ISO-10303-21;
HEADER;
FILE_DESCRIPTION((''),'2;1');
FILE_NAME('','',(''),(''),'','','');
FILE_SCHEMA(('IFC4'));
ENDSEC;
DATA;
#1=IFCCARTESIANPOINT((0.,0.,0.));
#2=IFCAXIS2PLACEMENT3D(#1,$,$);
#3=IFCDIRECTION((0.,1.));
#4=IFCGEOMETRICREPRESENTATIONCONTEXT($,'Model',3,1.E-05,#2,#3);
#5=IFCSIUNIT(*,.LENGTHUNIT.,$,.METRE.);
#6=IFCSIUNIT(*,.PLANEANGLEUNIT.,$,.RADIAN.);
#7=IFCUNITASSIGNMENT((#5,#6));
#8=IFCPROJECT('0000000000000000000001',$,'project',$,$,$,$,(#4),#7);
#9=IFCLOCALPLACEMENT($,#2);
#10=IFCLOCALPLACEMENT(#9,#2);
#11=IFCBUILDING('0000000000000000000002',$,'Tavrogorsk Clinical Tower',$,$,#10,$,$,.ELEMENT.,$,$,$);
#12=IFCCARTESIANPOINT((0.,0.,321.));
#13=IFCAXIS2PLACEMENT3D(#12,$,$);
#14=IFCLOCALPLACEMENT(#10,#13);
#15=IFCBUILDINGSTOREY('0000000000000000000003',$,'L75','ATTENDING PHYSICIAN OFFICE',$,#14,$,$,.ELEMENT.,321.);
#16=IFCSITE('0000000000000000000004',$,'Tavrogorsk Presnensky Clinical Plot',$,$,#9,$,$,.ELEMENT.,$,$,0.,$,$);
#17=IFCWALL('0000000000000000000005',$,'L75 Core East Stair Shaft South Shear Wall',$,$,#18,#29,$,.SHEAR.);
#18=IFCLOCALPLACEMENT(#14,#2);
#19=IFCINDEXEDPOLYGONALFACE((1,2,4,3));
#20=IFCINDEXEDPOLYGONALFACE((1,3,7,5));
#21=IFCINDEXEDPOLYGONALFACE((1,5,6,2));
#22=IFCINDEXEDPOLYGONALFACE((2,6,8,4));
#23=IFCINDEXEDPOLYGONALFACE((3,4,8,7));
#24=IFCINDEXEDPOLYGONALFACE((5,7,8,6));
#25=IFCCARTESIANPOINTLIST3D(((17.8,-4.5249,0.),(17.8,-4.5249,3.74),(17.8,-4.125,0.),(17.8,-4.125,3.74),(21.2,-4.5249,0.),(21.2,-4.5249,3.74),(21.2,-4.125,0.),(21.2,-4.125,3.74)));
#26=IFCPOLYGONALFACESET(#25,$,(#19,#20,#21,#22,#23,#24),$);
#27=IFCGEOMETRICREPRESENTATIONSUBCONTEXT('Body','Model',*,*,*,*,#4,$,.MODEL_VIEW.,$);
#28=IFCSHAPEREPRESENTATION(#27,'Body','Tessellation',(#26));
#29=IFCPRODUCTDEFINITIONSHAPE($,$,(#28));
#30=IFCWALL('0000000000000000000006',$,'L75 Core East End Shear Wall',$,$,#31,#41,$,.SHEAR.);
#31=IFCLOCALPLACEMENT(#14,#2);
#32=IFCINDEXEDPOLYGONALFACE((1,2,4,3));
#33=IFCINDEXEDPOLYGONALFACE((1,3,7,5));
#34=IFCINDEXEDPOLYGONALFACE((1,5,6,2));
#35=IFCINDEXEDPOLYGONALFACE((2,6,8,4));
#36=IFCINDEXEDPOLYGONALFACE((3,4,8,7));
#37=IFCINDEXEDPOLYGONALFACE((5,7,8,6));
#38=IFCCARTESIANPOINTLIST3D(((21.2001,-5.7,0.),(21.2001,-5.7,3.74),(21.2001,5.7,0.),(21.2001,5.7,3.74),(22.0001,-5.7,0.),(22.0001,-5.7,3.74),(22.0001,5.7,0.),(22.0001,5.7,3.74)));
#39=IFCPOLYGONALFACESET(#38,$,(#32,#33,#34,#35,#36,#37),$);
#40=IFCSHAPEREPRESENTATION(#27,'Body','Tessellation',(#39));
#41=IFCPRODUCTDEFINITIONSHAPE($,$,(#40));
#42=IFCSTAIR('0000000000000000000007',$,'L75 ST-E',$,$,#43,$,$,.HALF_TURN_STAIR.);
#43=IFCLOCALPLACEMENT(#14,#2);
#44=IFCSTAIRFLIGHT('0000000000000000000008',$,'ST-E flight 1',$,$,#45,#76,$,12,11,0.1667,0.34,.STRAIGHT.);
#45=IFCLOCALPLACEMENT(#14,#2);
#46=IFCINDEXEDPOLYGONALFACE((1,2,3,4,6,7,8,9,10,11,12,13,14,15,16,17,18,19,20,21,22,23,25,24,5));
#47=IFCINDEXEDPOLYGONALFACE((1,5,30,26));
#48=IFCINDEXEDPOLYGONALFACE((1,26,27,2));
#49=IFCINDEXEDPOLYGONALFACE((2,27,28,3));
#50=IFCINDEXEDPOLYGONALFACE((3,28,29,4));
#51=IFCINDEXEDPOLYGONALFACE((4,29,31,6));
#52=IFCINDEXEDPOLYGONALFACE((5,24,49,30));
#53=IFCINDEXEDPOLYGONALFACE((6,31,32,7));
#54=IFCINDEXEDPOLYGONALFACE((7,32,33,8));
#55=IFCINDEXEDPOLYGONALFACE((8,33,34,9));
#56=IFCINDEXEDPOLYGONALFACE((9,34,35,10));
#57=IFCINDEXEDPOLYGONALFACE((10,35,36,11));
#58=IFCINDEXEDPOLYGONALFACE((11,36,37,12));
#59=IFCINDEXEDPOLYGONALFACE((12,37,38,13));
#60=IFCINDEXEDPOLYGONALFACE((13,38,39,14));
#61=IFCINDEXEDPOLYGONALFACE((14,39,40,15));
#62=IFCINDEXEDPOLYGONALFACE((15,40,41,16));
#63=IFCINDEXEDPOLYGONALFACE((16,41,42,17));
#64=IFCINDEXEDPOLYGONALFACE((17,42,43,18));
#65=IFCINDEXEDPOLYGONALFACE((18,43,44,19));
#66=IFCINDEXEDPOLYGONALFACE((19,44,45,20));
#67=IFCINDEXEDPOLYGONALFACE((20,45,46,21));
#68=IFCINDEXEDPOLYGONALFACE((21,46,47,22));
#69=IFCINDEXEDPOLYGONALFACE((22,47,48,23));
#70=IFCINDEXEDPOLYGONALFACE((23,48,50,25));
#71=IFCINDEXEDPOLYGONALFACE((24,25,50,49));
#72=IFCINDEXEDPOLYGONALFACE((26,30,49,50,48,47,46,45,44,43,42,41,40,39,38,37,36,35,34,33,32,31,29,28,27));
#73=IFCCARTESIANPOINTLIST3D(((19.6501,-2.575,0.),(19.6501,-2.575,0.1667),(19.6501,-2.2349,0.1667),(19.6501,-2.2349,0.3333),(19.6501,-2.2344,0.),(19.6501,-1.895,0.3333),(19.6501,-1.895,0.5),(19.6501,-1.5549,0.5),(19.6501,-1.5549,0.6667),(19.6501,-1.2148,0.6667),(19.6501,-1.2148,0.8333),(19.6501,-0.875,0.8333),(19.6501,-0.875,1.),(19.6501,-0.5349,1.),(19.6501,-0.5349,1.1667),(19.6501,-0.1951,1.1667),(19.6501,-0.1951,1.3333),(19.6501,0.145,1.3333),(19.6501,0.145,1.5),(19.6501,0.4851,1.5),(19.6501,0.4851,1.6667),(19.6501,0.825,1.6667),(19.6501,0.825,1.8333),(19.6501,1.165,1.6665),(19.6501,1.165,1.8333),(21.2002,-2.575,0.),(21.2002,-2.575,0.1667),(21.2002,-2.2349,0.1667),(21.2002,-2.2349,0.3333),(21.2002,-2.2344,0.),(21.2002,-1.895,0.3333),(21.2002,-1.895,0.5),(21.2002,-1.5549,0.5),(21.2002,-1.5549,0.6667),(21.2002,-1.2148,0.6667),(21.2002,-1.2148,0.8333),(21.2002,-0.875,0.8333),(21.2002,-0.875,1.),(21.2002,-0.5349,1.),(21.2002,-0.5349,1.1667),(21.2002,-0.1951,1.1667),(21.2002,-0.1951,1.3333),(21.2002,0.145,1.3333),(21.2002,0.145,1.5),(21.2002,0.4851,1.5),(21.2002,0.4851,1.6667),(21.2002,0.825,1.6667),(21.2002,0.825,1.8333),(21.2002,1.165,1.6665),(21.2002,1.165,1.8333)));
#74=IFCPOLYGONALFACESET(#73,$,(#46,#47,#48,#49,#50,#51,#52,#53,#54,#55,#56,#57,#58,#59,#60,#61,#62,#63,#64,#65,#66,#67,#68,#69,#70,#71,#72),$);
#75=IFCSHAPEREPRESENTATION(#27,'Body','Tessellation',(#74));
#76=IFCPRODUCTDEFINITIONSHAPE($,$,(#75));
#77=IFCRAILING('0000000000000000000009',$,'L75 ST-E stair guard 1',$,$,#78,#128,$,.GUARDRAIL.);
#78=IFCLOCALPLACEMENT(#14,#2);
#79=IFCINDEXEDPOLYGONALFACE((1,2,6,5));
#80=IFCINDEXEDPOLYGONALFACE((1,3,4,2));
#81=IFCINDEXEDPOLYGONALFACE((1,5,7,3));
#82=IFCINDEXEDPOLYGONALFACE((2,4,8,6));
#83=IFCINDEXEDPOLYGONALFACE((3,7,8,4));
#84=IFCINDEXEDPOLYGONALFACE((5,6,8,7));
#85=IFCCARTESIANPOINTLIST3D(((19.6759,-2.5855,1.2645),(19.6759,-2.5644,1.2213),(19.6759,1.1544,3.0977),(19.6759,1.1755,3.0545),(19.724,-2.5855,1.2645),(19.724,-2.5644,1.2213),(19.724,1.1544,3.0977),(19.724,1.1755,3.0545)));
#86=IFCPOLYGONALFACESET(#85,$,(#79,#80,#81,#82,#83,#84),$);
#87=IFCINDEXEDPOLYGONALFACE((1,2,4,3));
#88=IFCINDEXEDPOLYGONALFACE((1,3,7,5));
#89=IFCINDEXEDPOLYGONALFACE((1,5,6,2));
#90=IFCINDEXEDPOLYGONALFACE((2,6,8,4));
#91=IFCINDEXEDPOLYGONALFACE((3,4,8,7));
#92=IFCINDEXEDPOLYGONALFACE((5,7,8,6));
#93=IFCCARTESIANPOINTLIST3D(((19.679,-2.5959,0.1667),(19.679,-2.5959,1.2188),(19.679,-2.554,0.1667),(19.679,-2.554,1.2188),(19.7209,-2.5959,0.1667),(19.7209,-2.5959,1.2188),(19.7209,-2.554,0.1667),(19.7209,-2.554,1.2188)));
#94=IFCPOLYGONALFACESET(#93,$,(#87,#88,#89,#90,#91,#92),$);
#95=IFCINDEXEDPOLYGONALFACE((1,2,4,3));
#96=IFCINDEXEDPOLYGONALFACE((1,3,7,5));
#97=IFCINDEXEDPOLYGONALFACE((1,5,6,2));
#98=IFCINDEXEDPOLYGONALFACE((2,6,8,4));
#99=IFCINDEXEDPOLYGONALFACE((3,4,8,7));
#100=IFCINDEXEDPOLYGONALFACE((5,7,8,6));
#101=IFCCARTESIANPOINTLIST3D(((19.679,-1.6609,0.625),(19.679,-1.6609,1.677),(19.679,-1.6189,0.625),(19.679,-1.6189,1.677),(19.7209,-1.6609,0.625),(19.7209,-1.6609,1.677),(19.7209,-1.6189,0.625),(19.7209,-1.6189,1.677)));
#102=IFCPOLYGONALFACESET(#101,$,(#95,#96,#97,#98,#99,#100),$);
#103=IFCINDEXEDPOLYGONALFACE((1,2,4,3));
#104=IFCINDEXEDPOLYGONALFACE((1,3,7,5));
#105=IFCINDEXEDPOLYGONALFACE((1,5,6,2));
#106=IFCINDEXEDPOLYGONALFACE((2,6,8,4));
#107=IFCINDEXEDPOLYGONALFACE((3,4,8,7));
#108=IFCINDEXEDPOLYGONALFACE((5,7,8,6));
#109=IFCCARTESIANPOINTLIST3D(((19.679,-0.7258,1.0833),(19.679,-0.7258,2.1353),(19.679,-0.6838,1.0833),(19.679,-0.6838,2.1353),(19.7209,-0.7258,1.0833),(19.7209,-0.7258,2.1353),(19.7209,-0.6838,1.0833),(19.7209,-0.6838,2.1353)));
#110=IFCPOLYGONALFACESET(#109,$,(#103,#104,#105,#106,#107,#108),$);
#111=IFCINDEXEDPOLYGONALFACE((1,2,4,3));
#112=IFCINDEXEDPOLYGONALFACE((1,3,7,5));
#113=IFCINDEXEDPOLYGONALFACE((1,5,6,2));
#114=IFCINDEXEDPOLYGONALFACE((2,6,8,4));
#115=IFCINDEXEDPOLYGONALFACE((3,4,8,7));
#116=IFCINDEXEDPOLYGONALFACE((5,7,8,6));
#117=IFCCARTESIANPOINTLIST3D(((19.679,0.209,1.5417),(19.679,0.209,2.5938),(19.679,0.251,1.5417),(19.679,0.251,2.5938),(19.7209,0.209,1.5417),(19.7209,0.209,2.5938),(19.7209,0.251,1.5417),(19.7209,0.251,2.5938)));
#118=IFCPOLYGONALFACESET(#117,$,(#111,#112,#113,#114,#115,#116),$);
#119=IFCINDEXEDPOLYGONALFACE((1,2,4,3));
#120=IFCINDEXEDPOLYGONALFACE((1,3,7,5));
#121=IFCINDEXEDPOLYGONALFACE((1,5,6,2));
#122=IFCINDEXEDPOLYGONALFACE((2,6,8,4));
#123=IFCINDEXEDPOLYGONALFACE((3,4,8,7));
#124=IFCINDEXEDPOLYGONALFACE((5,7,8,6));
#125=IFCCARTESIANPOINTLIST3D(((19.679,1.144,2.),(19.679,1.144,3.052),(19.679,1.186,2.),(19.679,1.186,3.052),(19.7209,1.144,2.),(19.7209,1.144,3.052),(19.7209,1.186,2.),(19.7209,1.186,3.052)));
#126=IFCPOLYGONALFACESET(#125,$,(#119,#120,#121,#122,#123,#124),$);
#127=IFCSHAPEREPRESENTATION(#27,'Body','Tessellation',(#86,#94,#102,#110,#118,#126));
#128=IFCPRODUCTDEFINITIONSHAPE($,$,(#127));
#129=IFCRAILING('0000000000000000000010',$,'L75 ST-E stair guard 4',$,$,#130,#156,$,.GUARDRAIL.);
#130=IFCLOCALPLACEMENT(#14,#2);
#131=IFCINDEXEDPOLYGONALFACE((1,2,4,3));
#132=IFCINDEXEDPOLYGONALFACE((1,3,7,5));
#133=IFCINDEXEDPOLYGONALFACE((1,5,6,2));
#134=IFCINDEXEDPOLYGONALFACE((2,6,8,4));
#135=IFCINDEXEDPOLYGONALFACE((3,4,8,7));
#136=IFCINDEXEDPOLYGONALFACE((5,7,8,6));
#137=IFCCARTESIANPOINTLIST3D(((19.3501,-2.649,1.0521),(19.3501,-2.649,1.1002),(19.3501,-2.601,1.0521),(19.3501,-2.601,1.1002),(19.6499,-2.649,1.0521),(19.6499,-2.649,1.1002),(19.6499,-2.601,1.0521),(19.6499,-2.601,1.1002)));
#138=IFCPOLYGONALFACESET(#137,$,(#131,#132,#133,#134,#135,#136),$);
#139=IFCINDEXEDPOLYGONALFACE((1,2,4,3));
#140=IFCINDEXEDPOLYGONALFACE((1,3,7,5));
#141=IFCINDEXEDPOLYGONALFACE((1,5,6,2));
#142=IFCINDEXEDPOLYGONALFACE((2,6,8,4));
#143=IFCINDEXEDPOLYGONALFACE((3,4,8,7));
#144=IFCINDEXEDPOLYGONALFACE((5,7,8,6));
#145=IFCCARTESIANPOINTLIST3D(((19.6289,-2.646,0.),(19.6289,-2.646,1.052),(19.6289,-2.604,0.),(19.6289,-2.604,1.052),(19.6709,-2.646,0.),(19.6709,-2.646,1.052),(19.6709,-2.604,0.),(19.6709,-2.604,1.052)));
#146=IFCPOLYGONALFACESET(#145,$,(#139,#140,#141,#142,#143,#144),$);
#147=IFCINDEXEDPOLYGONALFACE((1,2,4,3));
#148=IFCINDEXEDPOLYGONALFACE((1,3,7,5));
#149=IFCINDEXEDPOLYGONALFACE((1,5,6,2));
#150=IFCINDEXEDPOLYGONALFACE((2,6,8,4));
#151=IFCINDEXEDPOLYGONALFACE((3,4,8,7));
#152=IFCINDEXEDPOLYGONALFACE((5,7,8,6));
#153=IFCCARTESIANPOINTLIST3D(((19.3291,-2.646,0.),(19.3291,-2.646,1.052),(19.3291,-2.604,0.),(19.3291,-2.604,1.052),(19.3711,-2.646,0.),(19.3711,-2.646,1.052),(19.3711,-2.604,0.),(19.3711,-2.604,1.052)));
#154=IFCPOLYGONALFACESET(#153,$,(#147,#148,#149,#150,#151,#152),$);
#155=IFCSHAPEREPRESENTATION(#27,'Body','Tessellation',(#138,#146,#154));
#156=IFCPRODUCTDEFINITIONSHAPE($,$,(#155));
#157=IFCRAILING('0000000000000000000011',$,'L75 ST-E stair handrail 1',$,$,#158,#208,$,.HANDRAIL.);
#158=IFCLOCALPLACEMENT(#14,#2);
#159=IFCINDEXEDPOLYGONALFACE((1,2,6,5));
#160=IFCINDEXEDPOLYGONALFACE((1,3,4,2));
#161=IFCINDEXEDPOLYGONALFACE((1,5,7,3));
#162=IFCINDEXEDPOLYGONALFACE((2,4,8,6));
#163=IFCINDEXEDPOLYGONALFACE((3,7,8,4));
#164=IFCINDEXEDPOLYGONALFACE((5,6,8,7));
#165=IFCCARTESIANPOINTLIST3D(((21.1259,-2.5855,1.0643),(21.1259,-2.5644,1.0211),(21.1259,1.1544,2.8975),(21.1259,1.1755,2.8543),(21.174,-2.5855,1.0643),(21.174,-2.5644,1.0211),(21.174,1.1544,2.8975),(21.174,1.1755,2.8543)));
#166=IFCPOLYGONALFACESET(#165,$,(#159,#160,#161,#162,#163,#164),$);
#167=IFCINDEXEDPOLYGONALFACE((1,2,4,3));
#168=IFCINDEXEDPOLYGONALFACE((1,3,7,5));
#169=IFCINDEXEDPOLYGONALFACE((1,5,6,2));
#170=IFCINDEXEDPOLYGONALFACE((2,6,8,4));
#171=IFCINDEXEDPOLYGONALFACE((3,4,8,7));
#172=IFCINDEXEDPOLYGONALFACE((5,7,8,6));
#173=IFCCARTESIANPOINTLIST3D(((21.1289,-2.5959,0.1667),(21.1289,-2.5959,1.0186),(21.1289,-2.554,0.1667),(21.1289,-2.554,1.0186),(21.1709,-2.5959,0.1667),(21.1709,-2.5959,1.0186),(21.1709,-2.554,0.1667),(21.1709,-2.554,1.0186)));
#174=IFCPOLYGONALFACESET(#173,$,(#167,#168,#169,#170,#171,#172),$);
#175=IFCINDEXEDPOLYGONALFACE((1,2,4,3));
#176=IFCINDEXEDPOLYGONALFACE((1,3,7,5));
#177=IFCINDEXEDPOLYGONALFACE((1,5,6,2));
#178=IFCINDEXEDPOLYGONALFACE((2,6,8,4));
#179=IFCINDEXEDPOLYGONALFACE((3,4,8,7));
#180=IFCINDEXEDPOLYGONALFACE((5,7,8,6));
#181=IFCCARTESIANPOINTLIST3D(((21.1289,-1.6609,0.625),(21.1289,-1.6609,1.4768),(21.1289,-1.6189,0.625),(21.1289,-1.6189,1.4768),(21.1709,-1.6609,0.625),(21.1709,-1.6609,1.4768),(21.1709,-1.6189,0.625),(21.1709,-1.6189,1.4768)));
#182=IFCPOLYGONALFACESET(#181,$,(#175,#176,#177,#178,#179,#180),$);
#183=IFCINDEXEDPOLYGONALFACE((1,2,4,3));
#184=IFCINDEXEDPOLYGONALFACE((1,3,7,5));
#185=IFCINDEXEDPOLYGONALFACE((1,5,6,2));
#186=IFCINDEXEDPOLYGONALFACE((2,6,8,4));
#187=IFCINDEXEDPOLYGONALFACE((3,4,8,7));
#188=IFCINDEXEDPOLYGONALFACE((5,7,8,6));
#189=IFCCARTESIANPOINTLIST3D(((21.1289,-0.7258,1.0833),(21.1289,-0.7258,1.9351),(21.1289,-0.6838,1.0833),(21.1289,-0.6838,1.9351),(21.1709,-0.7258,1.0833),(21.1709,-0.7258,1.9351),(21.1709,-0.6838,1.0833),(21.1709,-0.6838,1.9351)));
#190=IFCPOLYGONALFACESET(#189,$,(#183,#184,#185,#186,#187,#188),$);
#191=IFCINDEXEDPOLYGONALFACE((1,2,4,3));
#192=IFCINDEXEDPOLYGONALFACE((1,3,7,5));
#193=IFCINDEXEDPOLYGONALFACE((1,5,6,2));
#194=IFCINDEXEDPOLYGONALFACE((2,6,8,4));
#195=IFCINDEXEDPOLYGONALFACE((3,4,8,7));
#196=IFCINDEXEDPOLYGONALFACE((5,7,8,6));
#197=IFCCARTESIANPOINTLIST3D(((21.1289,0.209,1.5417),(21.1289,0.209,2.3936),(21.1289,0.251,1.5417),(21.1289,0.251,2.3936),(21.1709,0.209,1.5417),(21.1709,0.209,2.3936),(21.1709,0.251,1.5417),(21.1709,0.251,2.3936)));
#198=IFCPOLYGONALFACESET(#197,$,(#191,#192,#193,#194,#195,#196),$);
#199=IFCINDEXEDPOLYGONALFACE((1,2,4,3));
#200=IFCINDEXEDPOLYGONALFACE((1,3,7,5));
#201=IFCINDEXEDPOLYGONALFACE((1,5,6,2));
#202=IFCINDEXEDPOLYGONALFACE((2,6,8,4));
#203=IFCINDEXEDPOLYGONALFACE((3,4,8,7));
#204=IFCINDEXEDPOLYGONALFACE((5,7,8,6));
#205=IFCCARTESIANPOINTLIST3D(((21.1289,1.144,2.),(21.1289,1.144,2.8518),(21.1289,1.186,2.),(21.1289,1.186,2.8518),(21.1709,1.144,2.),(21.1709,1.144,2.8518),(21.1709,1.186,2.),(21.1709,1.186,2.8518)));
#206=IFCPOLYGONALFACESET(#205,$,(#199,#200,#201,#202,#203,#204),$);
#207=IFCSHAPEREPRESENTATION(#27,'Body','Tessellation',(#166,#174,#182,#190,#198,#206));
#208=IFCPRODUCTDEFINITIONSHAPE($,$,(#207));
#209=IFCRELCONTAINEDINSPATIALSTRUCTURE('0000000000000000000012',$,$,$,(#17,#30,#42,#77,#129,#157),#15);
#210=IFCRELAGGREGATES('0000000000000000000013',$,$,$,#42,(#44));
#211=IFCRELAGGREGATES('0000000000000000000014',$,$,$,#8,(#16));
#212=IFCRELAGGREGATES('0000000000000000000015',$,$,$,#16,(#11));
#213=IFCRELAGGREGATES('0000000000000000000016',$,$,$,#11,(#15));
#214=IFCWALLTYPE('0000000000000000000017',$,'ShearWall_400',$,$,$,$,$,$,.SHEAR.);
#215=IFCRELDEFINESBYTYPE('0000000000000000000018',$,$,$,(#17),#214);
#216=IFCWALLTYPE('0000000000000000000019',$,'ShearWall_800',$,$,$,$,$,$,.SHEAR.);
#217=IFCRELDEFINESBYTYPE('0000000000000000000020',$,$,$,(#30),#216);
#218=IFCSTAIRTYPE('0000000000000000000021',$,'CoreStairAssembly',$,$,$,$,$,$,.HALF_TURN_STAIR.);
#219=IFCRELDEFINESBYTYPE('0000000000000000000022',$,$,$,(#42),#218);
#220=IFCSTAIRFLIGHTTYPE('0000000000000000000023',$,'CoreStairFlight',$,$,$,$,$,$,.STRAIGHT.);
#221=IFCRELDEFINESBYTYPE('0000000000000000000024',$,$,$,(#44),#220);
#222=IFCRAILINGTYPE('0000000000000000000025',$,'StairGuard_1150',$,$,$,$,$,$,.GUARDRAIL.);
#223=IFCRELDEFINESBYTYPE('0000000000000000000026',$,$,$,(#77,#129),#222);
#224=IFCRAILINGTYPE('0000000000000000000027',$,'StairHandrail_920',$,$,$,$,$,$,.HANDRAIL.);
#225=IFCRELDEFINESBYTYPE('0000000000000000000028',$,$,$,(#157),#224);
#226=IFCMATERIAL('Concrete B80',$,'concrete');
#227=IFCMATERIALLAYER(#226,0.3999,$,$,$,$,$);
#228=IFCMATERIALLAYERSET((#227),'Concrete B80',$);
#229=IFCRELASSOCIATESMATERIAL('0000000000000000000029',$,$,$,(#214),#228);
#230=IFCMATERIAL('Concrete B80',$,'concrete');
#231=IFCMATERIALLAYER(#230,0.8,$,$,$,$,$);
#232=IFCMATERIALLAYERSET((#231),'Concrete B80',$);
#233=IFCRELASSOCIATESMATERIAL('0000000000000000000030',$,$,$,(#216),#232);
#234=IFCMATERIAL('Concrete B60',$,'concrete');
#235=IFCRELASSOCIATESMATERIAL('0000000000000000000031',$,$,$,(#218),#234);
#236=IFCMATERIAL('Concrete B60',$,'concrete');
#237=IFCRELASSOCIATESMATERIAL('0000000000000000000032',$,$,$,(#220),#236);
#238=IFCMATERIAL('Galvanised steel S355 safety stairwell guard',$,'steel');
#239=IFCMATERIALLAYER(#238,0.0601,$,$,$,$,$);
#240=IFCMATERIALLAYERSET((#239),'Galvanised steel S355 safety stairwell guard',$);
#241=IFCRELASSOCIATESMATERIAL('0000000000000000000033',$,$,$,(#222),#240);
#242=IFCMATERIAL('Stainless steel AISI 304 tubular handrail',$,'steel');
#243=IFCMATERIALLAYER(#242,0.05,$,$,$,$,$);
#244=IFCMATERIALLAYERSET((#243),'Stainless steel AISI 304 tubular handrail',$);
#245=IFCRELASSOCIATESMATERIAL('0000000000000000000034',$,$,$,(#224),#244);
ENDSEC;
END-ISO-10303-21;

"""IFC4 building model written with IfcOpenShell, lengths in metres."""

from ifc_helpers import new_model, si_unit, direction, frame, frame_2d, origin, origin_2d, place, context, subcontext, project, spatial, polyline, rectangle, outline, extrude, material, layer, layer_set, type_object, element, aggregate, save


model = new_model("IFC4")

# Units and contexts
model_context = context("Model", 3, precision=1e-05, world=origin(), true_north=direction((0.0, 1.0)))
body_context = subcontext(model_context, "Body", "Model", "MODEL_VIEW")
ifc_project = project(units=[si_unit("LENGTHUNIT", "METRE"), si_unit("PLANEANGLEUNIT", "RADIAN")], contexts=[model_context])

# Site, building, storey
site_placement = place(None, origin())
site = spatial("IfcSite", under=ifc_project, at=site_placement, Name="Tavrogorsk Presnensky Clinical Plot", CompositionType="ELEMENT", RefElevation=0.0)
building_placement = place(site_placement, origin())
building = spatial("IfcBuilding", under=site, at=building_placement, Name="Tavrogorsk Clinical Tower", CompositionType="ELEMENT")
storey_placement = place(building_placement, frame((0.0, 0.0, 321.0)))
storey = spatial("IfcBuildingStorey", under=building, at=storey_placement, Name="L75", Description="ATTENDING PHYSICIAN OFFICE", CompositionType="ELEMENT", Elevation=321.0)

# Shared definitions
ifc_material_1 = material(Name="Concrete B80", Category="concrete")
ifc_layer_1 = layer(ifc_material_1, 0.3999)
ifc_layer_set_1 = layer_set([ifc_layer_1], Name="Concrete B80")
wall_type_1 = type_object("IfcWallType", Name="ShearWall_400", PredefinedType="SHEAR", material=ifc_layer_set_1)

# Walls
wall_1_placement = place(storey_placement, frame((17.8, -4.325, 0.0), z_axis=(0.0, 0.0, 1.0), x_axis=(1.0, 0.0, 0.0)))
element("IfcWall", 1, at=wall_1_placement, inside=storey, type_object=wall_type_1, Name="L75 Core East Stair Shaft South Shear Wall", PredefinedType="SHEAR", context=body_context, shape_type="SweptSolid", body=[
    extrude(rectangle(XDim=3.3999, YDim=0.3999, at=frame_2d((1.7, 0.0))), origin(), (0.0, 0.0, 1.0), 3.74),
])
ifc_material_2 = material(Name="Concrete B80", Category="concrete")
ifc_layer_2 = layer(ifc_material_2, 0.8)
ifc_layer_set_2 = layer_set([ifc_layer_2], Name="Concrete B80")
wall_type_2 = type_object("IfcWallType", Name="ShearWall_800", PredefinedType="SHEAR", material=ifc_layer_set_2)
wall_2_placement = place(storey_placement, frame((21.6001, -5.7, 0.0), z_axis=(0.0, 0.0, 1.0), x_axis=(0.0, 1.0, 0.0)))
element("IfcWall", 2, at=wall_2_placement, inside=storey, type_object=wall_type_2, Name="L75 Core East End Shear Wall", PredefinedType="SHEAR", context=body_context, shape_type="SweptSolid", body=[
    extrude(rectangle(XDim=11.3999, YDim=0.8, at=frame_2d((5.7, 0.0))), origin(), (0.0, 0.0, 1.0), 3.74),
])

# Stair, stair flight
ifc_material_3 = material(Name="Concrete B60", Category="concrete")
stair_type = type_object("IfcStairType", Name="CoreStairAssembly", PredefinedType="HALF_TURN_STAIR", material=ifc_material_3)
stair_placement = place(storey_placement, origin())
stair = element("IfcStair", 3, at=stair_placement, inside=storey, type_object=stair_type, Name="L75 ST-E", PredefinedType="HALF_TURN_STAIR")
ifc_material_4 = material(Name="Concrete B60", Category="concrete")
stair_flight_type = type_object("IfcStairFlightType", Name="CoreStairFlight", PredefinedType="STRAIGHT", material=ifc_material_4)
stair_flight_placement = place(storey_placement, frame((20.425, -2.575, 0.0), z_axis=(0.0, 0.0, 1.0), x_axis=(0.0, 1.0, 0.0)))
stair_flight = element("IfcStairFlight", 4, at=stair_flight_placement, type_object=stair_flight_type, Name="ST-E flight 1", NumberOfRisers=12, NumberOfTreads=11, PredefinedType="STRAIGHT", RiserHeight=0.1667, TreadLength=0.34, context=body_context, shape_type="SweptSolid", body=[
    extrude(outline(polyline([(0.0, 0.0), (0.0, 0.1667), (0.3401, 0.1667), (0.3401, 0.3333), (0.6799, 0.3333), (0.6799, 0.5), (1.02, 0.5), (1.02, 0.6667), (1.3601, 0.6667), (1.3601, 0.8333), (1.7, 0.8333), (1.7, 1.0), (2.04, 1.0), (2.04, 1.1667), (2.3799, 1.1667), (2.3799, 1.3333), (2.72, 1.3333), (2.72, 1.5), (3.0601, 1.5), (3.0601, 1.6667), (3.3999, 1.6667), (3.3999, 1.8333), (3.74, 1.8333), (3.74, 2.0), (3.74, 1.6665), (0.3406, 0.0), (0.0, 0.0)])), frame((0.0, 0.7749, 0.0), z_axis=(0.0, -1.0, 0.0), x_axis=(1.0, 0.0, 0.0)), (0.0, 0.0, 1.0), 1.55),
])
aggregate(stair, [stair_flight])

# Railings
ifc_material_5 = material(Name="Galvanised steel S355 safety stairwell guard", Category="steel")
ifc_layer_3 = layer(ifc_material_5, 0.0601)
ifc_layer_set_3 = layer_set([ifc_layer_3], Name="Galvanised steel S355 safety stairwell guard")
railing_type_1 = type_object("IfcRailingType", Name="StairGuard_1150", PredefinedType="GUARDRAIL", material=ifc_layer_set_3)
railing_1_placement = place(storey_placement, frame((19.7, -2.575, 0.1667)))
element("IfcRailing", 5, at=railing_1_placement, inside=storey, type_object=railing_type_1, Name="L75 ST-E stair guard 1", PredefinedType="GUARDRAIL", context=body_context, shape_type="SweptSolid", body=[
    extrude(rectangle(XDim=0.0481, YDim=0.0481, at=origin_2d()), frame((0.0, 0.0, 1.0762), z_axis=(0.0, 0.897928, 0.440142), x_axis=(-1.0, 0.0, 0.0)), (0.0, 0.0, 1.0), 4.165),
    extrude(rectangle(XDim=0.042, YDim=0.042, at=origin_2d()), origin(), (0.0, 0.0, 1.0), 1.052),
    extrude(rectangle(XDim=0.042, YDim=0.042, at=origin_2d()), frame((0.0, 0.9351, 0.4583)), (0.0, 0.0, 1.0), 1.052),
    extrude(rectangle(XDim=0.042, YDim=0.042, at=origin_2d()), frame((0.0, 1.8701, 0.9165)), (0.0, 0.0, 1.0), 1.052),
    extrude(rectangle(XDim=0.042, YDim=0.042, at=origin_2d()), frame((0.0, 2.8049, 1.375)), (0.0, 0.0, 1.0), 1.052),
    extrude(rectangle(XDim=0.042, YDim=0.042, at=origin_2d()), frame((0.0, 3.74, 1.8333)), (0.0, 0.0, 1.0), 1.052),
])
railing_2_placement = place(storey_placement, frame((19.6499, -2.625, 0.0)))
element("IfcRailing", 6, at=railing_2_placement, inside=storey, type_object=railing_type_1, Name="L75 ST-E stair guard 4", PredefinedType="GUARDRAIL", context=body_context, shape_type="SweptSolid", body=[
    extrude(rectangle(XDim=0.0481, YDim=0.0481, at=origin_2d()), frame((0.0, 0.0, 1.0762), z_axis=(-1.0, 0.0, 0.0), x_axis=(0.0, -1.0, 0.0)), (0.0, 0.0, 1.0), 0.2998),
    extrude(rectangle(XDim=0.042, YDim=0.042, at=origin_2d()), origin(), (0.0, 0.0, 1.0), 1.052),
    extrude(rectangle(XDim=0.042, YDim=0.042, at=origin_2d()), frame((-0.2998, 0.0, 0.0)), (0.0, 0.0, 1.0), 1.052),
])
ifc_material_6 = material(Name="Stainless steel AISI 304 tubular handrail", Category="steel")
ifc_layer_4 = layer(ifc_material_6, 0.05)
ifc_layer_set_4 = layer_set([ifc_layer_4], Name="Stainless steel AISI 304 tubular handrail")
railing_type_2 = type_object("IfcRailingType", Name="StairHandrail_920", PredefinedType="HANDRAIL", material=ifc_layer_set_4)
railing_3_placement = place(storey_placement, frame((21.1499, -2.575, 0.1667)))
element("IfcRailing", 7, at=railing_3_placement, inside=storey, type_object=railing_type_2, Name="L75 ST-E stair handrail 1", PredefinedType="HANDRAIL", context=body_context, shape_type="SweptSolid", body=[
    extrude(rectangle(XDim=0.0481, YDim=0.0481, at=origin_2d()), frame((0.0, 0.0, 0.876), z_axis=(0.0, 0.897928, 0.440142), x_axis=(-1.0, 0.0, 0.0)), (0.0, 0.0, 1.0), 4.165),
    extrude(rectangle(XDim=0.042, YDim=0.042, at=origin_2d()), origin(), (0.0, 0.0, 1.0), 0.8518),
    extrude(rectangle(XDim=0.042, YDim=0.042, at=origin_2d()), frame((0.0, 0.9351, 0.4583)), (0.0, 0.0, 1.0), 0.8518),
    extrude(rectangle(XDim=0.042, YDim=0.042, at=origin_2d()), frame((0.0, 1.8701, 0.9165)), (0.0, 0.0, 1.0), 0.8518),
    extrude(rectangle(XDim=0.042, YDim=0.042, at=origin_2d()), frame((0.0, 2.8049, 1.375)), (0.0, 0.0, 1.0), 0.8518),
    extrude(rectangle(XDim=0.042, YDim=0.042, at=origin_2d()), frame((0.0, 3.74, 1.8333)), (0.0, 0.0, 1.0), 0.8518),
])

save(model, "model.ifc")
